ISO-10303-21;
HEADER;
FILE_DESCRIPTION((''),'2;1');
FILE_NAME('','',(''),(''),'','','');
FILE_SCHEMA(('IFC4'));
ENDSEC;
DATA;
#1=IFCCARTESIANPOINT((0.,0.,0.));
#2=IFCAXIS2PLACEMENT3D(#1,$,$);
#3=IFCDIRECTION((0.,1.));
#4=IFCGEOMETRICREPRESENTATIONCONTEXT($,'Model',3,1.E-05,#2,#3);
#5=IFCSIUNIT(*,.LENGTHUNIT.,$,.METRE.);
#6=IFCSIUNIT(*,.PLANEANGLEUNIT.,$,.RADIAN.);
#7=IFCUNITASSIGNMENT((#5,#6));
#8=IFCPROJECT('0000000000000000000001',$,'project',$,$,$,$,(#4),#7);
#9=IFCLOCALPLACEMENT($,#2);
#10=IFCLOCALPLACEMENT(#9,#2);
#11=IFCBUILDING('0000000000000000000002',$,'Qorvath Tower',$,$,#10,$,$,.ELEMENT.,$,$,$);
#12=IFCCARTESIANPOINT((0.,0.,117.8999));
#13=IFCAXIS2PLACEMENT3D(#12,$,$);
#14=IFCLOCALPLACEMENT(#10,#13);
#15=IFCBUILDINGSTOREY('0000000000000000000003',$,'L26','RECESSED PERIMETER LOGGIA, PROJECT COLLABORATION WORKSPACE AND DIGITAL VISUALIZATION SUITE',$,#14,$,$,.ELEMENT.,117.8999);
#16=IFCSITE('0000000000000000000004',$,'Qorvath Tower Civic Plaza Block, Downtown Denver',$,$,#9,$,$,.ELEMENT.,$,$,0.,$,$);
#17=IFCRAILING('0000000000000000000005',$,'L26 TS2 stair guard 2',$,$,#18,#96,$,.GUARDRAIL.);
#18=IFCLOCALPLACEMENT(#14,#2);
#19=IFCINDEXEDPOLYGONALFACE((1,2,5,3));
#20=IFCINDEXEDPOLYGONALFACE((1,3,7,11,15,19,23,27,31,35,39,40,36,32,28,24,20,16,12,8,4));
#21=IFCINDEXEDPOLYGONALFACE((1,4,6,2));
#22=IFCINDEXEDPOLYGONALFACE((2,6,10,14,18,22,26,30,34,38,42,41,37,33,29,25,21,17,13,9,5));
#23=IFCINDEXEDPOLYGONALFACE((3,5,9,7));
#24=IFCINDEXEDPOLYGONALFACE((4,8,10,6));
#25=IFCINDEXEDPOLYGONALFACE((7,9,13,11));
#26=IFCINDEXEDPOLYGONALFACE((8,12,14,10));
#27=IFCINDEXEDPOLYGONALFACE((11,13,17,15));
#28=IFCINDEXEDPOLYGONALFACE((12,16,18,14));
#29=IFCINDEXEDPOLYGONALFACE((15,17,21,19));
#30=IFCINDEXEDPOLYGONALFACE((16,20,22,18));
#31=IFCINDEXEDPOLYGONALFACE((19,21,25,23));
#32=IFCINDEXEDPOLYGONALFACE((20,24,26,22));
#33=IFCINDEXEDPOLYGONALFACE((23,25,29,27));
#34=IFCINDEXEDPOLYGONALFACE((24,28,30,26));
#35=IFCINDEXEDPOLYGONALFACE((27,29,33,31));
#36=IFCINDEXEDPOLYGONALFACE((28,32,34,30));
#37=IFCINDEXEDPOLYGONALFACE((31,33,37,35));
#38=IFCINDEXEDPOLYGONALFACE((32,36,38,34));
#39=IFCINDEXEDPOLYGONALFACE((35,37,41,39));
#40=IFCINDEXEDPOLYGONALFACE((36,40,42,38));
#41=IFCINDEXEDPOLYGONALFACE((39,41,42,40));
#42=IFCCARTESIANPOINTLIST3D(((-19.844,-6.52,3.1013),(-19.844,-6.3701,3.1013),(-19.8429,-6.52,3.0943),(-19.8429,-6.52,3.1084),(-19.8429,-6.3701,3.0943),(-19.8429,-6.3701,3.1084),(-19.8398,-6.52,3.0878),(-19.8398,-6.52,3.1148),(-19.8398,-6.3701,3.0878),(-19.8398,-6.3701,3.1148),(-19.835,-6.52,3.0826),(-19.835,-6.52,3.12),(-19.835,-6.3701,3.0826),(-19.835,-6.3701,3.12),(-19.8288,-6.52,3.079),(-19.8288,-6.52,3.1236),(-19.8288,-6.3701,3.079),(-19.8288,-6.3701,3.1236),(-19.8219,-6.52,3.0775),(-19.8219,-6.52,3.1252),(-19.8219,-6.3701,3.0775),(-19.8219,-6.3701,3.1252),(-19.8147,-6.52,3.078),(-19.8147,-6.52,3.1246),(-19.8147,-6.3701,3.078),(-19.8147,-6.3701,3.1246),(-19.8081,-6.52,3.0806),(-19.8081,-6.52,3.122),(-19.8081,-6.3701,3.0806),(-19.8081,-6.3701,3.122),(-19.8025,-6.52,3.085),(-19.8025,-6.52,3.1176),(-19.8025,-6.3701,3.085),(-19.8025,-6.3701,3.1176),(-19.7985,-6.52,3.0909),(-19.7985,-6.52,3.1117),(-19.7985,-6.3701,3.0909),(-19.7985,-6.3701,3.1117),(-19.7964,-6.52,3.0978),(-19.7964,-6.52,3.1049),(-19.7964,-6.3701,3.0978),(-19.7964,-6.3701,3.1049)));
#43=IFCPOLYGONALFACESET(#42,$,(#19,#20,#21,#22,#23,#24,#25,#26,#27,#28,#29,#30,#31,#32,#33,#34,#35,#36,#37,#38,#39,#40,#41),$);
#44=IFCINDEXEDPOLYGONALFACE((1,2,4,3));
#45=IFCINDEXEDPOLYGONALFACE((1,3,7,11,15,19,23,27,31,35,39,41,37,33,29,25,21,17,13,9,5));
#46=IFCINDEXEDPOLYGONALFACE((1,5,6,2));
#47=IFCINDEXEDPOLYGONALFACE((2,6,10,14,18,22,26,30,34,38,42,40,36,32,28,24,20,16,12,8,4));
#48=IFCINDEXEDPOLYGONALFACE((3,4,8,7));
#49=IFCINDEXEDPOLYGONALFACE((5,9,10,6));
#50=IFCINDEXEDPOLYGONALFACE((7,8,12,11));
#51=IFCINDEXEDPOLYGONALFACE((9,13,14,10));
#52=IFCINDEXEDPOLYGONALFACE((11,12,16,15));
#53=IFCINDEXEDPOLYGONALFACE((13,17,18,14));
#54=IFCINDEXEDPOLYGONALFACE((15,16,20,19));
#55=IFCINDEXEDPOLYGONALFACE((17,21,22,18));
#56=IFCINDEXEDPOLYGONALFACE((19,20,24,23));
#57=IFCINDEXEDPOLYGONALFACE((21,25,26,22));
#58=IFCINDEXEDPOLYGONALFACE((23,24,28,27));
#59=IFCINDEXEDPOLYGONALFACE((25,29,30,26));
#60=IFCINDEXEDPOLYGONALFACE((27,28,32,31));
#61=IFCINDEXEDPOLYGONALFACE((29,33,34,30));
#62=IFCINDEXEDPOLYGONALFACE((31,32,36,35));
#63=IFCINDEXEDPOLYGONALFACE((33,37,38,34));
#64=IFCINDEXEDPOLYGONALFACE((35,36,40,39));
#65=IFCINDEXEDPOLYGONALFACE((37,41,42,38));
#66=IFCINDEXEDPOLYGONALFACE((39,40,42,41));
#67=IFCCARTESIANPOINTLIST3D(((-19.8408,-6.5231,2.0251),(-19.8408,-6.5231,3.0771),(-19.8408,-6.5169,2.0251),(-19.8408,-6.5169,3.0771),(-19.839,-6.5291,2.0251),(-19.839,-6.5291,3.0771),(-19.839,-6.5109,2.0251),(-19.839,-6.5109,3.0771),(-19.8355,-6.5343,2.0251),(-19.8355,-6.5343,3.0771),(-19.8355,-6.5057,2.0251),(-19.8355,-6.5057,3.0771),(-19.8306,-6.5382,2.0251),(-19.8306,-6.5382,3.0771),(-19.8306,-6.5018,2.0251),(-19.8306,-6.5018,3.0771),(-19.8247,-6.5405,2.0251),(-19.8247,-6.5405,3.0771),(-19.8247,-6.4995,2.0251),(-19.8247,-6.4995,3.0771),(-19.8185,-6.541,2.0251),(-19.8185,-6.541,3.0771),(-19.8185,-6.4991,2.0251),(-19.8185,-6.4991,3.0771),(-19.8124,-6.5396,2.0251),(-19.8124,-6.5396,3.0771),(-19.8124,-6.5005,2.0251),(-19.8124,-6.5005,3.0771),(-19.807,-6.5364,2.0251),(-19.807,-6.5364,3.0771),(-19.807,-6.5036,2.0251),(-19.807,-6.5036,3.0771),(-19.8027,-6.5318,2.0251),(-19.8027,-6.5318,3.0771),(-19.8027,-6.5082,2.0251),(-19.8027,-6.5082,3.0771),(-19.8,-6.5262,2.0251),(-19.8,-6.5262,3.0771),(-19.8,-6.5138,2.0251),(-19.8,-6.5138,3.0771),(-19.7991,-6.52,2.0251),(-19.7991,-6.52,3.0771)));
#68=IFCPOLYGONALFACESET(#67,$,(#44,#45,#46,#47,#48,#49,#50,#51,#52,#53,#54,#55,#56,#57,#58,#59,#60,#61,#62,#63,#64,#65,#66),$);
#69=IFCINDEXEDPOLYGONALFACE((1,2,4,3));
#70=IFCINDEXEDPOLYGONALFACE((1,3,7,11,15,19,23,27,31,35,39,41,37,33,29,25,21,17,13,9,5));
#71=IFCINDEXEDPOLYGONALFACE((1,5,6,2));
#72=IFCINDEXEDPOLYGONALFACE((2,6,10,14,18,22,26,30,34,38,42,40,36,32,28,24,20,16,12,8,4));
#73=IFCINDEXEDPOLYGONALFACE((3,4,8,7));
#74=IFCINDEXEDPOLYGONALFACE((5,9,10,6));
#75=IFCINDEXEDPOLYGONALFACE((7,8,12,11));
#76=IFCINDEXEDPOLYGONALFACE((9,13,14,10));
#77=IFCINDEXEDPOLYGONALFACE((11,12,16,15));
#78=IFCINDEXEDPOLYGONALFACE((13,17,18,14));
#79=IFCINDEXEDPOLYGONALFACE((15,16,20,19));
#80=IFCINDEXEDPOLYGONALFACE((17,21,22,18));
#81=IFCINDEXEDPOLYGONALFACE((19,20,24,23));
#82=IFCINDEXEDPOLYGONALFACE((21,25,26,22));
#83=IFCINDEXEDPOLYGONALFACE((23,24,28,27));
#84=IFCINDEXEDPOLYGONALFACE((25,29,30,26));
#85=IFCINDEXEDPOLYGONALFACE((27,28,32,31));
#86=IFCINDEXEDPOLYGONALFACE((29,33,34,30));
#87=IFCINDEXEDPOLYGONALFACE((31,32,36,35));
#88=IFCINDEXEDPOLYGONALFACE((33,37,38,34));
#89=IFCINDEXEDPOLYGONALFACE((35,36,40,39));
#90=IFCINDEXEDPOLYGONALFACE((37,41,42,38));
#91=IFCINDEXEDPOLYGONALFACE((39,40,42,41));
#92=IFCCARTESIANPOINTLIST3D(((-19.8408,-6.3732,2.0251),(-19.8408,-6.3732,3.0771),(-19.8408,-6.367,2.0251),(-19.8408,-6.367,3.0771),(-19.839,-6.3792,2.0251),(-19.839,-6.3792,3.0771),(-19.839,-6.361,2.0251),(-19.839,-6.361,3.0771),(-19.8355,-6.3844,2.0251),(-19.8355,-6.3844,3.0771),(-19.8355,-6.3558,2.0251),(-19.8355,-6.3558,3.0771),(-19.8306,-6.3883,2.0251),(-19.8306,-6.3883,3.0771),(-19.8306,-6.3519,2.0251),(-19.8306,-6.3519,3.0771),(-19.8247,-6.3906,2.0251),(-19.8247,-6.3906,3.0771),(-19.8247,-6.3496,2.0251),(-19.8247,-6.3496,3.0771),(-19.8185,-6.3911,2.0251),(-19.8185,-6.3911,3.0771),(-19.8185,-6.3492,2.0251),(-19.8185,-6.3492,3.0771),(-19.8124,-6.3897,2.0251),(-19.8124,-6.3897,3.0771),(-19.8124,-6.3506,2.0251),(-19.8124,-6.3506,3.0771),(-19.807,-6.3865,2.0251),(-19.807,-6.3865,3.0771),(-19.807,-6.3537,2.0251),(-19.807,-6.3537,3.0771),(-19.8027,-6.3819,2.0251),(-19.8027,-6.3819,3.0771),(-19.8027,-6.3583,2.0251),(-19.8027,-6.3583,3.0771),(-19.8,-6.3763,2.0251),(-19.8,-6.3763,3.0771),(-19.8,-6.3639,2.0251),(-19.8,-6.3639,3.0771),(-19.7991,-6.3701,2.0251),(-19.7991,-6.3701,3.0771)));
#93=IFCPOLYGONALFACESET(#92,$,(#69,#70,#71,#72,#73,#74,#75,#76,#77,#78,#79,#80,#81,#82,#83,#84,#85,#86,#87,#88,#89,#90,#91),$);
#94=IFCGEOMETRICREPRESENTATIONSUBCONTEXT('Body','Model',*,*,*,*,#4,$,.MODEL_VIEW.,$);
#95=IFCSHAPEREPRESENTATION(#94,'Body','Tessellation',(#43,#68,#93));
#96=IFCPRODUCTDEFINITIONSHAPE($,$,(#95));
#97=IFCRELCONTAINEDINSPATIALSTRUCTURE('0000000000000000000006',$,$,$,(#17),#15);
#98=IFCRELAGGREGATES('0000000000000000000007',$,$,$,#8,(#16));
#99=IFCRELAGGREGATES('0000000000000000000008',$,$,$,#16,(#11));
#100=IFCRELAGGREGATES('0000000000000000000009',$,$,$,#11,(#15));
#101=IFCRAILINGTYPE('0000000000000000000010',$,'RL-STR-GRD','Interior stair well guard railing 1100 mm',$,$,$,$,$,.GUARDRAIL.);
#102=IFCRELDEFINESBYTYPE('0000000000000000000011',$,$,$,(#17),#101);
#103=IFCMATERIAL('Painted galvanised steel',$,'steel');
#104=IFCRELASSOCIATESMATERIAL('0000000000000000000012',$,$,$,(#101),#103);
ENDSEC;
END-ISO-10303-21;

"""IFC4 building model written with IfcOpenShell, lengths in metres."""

from ifc_helpers import new_model, si_unit, direction, frame, origin, origin_2d, place, context, subcontext, project, spatial, circle, extrude, material, type_object, element, save


model = new_model("IFC4")

# Units and contexts
model_context = context("Model", 3, precision=1e-05, world=origin(), true_north=direction((0.0, 1.0)))
body_context = subcontext(model_context, "Body", "Model", "MODEL_VIEW")
ifc_project = project(units=[si_unit("LENGTHUNIT", "METRE"), si_unit("PLANEANGLEUNIT", "RADIAN")], contexts=[model_context])

# Site, building, storey
site_placement = place(None, origin())
site = spatial("IfcSite", under=ifc_project, at=site_placement, Name="Qorvath Tower Civic Plaza Block, Downtown Denver", CompositionType="ELEMENT", RefElevation=0.0)
building_placement = place(site_placement, origin())
building = spatial("IfcBuilding", under=site, at=building_placement, Name="Qorvath Tower", CompositionType="ELEMENT")
storey_placement = place(building_placement, frame((0.0, 0.0, 117.8999)))
storey = spatial("IfcBuildingStorey", under=building, at=storey_placement, Name="L26", Description="RECESSED PERIMETER LOGGIA, PROJECT COLLABORATION WORKSPACE AND DIGITAL VISUALIZATION SUITE", CompositionType="ELEMENT", Elevation=117.8999)

# Railing
ifc_material_1 = material(Name="Painted galvanised steel", Category="steel")
railing_type_1 = type_object("IfcRailingType", Name="RL-STR-GRD", Description="Interior stair well guard railing 1100 mm", PredefinedType="GUARDRAIL", material=ifc_material_1)
railing_1_placement = place(storey_placement, frame((-19.8201, -6.52, 2.0251)))
element("IfcRailing", 1, at=railing_1_placement, inside=storey, type_object=railing_type_1, Name="L26 TS2 stair guard 2", PredefinedType="GUARDRAIL", context=body_context, shape_type="SweptSolid", body=[
    extrude(circle(Radius=0.0239, at=origin_2d()), frame((0.0, 0.0, 1.0762), z_axis=(0.0, 1.0, 0.0), x_axis=(-1.0, 0.0, 0.0)), (0.0, 0.0, 1.0), 0.1499),
    extrude(circle(Radius=0.021, at=origin_2d()), origin(), (0.0, 0.0, 1.0), 1.052),
    extrude(circle(Radius=0.021, at=origin_2d()), frame((0.0, 0.1499, 0.0)), (0.0, 0.0, 1.0), 1.052),
])

save(model, "model.ifc")
